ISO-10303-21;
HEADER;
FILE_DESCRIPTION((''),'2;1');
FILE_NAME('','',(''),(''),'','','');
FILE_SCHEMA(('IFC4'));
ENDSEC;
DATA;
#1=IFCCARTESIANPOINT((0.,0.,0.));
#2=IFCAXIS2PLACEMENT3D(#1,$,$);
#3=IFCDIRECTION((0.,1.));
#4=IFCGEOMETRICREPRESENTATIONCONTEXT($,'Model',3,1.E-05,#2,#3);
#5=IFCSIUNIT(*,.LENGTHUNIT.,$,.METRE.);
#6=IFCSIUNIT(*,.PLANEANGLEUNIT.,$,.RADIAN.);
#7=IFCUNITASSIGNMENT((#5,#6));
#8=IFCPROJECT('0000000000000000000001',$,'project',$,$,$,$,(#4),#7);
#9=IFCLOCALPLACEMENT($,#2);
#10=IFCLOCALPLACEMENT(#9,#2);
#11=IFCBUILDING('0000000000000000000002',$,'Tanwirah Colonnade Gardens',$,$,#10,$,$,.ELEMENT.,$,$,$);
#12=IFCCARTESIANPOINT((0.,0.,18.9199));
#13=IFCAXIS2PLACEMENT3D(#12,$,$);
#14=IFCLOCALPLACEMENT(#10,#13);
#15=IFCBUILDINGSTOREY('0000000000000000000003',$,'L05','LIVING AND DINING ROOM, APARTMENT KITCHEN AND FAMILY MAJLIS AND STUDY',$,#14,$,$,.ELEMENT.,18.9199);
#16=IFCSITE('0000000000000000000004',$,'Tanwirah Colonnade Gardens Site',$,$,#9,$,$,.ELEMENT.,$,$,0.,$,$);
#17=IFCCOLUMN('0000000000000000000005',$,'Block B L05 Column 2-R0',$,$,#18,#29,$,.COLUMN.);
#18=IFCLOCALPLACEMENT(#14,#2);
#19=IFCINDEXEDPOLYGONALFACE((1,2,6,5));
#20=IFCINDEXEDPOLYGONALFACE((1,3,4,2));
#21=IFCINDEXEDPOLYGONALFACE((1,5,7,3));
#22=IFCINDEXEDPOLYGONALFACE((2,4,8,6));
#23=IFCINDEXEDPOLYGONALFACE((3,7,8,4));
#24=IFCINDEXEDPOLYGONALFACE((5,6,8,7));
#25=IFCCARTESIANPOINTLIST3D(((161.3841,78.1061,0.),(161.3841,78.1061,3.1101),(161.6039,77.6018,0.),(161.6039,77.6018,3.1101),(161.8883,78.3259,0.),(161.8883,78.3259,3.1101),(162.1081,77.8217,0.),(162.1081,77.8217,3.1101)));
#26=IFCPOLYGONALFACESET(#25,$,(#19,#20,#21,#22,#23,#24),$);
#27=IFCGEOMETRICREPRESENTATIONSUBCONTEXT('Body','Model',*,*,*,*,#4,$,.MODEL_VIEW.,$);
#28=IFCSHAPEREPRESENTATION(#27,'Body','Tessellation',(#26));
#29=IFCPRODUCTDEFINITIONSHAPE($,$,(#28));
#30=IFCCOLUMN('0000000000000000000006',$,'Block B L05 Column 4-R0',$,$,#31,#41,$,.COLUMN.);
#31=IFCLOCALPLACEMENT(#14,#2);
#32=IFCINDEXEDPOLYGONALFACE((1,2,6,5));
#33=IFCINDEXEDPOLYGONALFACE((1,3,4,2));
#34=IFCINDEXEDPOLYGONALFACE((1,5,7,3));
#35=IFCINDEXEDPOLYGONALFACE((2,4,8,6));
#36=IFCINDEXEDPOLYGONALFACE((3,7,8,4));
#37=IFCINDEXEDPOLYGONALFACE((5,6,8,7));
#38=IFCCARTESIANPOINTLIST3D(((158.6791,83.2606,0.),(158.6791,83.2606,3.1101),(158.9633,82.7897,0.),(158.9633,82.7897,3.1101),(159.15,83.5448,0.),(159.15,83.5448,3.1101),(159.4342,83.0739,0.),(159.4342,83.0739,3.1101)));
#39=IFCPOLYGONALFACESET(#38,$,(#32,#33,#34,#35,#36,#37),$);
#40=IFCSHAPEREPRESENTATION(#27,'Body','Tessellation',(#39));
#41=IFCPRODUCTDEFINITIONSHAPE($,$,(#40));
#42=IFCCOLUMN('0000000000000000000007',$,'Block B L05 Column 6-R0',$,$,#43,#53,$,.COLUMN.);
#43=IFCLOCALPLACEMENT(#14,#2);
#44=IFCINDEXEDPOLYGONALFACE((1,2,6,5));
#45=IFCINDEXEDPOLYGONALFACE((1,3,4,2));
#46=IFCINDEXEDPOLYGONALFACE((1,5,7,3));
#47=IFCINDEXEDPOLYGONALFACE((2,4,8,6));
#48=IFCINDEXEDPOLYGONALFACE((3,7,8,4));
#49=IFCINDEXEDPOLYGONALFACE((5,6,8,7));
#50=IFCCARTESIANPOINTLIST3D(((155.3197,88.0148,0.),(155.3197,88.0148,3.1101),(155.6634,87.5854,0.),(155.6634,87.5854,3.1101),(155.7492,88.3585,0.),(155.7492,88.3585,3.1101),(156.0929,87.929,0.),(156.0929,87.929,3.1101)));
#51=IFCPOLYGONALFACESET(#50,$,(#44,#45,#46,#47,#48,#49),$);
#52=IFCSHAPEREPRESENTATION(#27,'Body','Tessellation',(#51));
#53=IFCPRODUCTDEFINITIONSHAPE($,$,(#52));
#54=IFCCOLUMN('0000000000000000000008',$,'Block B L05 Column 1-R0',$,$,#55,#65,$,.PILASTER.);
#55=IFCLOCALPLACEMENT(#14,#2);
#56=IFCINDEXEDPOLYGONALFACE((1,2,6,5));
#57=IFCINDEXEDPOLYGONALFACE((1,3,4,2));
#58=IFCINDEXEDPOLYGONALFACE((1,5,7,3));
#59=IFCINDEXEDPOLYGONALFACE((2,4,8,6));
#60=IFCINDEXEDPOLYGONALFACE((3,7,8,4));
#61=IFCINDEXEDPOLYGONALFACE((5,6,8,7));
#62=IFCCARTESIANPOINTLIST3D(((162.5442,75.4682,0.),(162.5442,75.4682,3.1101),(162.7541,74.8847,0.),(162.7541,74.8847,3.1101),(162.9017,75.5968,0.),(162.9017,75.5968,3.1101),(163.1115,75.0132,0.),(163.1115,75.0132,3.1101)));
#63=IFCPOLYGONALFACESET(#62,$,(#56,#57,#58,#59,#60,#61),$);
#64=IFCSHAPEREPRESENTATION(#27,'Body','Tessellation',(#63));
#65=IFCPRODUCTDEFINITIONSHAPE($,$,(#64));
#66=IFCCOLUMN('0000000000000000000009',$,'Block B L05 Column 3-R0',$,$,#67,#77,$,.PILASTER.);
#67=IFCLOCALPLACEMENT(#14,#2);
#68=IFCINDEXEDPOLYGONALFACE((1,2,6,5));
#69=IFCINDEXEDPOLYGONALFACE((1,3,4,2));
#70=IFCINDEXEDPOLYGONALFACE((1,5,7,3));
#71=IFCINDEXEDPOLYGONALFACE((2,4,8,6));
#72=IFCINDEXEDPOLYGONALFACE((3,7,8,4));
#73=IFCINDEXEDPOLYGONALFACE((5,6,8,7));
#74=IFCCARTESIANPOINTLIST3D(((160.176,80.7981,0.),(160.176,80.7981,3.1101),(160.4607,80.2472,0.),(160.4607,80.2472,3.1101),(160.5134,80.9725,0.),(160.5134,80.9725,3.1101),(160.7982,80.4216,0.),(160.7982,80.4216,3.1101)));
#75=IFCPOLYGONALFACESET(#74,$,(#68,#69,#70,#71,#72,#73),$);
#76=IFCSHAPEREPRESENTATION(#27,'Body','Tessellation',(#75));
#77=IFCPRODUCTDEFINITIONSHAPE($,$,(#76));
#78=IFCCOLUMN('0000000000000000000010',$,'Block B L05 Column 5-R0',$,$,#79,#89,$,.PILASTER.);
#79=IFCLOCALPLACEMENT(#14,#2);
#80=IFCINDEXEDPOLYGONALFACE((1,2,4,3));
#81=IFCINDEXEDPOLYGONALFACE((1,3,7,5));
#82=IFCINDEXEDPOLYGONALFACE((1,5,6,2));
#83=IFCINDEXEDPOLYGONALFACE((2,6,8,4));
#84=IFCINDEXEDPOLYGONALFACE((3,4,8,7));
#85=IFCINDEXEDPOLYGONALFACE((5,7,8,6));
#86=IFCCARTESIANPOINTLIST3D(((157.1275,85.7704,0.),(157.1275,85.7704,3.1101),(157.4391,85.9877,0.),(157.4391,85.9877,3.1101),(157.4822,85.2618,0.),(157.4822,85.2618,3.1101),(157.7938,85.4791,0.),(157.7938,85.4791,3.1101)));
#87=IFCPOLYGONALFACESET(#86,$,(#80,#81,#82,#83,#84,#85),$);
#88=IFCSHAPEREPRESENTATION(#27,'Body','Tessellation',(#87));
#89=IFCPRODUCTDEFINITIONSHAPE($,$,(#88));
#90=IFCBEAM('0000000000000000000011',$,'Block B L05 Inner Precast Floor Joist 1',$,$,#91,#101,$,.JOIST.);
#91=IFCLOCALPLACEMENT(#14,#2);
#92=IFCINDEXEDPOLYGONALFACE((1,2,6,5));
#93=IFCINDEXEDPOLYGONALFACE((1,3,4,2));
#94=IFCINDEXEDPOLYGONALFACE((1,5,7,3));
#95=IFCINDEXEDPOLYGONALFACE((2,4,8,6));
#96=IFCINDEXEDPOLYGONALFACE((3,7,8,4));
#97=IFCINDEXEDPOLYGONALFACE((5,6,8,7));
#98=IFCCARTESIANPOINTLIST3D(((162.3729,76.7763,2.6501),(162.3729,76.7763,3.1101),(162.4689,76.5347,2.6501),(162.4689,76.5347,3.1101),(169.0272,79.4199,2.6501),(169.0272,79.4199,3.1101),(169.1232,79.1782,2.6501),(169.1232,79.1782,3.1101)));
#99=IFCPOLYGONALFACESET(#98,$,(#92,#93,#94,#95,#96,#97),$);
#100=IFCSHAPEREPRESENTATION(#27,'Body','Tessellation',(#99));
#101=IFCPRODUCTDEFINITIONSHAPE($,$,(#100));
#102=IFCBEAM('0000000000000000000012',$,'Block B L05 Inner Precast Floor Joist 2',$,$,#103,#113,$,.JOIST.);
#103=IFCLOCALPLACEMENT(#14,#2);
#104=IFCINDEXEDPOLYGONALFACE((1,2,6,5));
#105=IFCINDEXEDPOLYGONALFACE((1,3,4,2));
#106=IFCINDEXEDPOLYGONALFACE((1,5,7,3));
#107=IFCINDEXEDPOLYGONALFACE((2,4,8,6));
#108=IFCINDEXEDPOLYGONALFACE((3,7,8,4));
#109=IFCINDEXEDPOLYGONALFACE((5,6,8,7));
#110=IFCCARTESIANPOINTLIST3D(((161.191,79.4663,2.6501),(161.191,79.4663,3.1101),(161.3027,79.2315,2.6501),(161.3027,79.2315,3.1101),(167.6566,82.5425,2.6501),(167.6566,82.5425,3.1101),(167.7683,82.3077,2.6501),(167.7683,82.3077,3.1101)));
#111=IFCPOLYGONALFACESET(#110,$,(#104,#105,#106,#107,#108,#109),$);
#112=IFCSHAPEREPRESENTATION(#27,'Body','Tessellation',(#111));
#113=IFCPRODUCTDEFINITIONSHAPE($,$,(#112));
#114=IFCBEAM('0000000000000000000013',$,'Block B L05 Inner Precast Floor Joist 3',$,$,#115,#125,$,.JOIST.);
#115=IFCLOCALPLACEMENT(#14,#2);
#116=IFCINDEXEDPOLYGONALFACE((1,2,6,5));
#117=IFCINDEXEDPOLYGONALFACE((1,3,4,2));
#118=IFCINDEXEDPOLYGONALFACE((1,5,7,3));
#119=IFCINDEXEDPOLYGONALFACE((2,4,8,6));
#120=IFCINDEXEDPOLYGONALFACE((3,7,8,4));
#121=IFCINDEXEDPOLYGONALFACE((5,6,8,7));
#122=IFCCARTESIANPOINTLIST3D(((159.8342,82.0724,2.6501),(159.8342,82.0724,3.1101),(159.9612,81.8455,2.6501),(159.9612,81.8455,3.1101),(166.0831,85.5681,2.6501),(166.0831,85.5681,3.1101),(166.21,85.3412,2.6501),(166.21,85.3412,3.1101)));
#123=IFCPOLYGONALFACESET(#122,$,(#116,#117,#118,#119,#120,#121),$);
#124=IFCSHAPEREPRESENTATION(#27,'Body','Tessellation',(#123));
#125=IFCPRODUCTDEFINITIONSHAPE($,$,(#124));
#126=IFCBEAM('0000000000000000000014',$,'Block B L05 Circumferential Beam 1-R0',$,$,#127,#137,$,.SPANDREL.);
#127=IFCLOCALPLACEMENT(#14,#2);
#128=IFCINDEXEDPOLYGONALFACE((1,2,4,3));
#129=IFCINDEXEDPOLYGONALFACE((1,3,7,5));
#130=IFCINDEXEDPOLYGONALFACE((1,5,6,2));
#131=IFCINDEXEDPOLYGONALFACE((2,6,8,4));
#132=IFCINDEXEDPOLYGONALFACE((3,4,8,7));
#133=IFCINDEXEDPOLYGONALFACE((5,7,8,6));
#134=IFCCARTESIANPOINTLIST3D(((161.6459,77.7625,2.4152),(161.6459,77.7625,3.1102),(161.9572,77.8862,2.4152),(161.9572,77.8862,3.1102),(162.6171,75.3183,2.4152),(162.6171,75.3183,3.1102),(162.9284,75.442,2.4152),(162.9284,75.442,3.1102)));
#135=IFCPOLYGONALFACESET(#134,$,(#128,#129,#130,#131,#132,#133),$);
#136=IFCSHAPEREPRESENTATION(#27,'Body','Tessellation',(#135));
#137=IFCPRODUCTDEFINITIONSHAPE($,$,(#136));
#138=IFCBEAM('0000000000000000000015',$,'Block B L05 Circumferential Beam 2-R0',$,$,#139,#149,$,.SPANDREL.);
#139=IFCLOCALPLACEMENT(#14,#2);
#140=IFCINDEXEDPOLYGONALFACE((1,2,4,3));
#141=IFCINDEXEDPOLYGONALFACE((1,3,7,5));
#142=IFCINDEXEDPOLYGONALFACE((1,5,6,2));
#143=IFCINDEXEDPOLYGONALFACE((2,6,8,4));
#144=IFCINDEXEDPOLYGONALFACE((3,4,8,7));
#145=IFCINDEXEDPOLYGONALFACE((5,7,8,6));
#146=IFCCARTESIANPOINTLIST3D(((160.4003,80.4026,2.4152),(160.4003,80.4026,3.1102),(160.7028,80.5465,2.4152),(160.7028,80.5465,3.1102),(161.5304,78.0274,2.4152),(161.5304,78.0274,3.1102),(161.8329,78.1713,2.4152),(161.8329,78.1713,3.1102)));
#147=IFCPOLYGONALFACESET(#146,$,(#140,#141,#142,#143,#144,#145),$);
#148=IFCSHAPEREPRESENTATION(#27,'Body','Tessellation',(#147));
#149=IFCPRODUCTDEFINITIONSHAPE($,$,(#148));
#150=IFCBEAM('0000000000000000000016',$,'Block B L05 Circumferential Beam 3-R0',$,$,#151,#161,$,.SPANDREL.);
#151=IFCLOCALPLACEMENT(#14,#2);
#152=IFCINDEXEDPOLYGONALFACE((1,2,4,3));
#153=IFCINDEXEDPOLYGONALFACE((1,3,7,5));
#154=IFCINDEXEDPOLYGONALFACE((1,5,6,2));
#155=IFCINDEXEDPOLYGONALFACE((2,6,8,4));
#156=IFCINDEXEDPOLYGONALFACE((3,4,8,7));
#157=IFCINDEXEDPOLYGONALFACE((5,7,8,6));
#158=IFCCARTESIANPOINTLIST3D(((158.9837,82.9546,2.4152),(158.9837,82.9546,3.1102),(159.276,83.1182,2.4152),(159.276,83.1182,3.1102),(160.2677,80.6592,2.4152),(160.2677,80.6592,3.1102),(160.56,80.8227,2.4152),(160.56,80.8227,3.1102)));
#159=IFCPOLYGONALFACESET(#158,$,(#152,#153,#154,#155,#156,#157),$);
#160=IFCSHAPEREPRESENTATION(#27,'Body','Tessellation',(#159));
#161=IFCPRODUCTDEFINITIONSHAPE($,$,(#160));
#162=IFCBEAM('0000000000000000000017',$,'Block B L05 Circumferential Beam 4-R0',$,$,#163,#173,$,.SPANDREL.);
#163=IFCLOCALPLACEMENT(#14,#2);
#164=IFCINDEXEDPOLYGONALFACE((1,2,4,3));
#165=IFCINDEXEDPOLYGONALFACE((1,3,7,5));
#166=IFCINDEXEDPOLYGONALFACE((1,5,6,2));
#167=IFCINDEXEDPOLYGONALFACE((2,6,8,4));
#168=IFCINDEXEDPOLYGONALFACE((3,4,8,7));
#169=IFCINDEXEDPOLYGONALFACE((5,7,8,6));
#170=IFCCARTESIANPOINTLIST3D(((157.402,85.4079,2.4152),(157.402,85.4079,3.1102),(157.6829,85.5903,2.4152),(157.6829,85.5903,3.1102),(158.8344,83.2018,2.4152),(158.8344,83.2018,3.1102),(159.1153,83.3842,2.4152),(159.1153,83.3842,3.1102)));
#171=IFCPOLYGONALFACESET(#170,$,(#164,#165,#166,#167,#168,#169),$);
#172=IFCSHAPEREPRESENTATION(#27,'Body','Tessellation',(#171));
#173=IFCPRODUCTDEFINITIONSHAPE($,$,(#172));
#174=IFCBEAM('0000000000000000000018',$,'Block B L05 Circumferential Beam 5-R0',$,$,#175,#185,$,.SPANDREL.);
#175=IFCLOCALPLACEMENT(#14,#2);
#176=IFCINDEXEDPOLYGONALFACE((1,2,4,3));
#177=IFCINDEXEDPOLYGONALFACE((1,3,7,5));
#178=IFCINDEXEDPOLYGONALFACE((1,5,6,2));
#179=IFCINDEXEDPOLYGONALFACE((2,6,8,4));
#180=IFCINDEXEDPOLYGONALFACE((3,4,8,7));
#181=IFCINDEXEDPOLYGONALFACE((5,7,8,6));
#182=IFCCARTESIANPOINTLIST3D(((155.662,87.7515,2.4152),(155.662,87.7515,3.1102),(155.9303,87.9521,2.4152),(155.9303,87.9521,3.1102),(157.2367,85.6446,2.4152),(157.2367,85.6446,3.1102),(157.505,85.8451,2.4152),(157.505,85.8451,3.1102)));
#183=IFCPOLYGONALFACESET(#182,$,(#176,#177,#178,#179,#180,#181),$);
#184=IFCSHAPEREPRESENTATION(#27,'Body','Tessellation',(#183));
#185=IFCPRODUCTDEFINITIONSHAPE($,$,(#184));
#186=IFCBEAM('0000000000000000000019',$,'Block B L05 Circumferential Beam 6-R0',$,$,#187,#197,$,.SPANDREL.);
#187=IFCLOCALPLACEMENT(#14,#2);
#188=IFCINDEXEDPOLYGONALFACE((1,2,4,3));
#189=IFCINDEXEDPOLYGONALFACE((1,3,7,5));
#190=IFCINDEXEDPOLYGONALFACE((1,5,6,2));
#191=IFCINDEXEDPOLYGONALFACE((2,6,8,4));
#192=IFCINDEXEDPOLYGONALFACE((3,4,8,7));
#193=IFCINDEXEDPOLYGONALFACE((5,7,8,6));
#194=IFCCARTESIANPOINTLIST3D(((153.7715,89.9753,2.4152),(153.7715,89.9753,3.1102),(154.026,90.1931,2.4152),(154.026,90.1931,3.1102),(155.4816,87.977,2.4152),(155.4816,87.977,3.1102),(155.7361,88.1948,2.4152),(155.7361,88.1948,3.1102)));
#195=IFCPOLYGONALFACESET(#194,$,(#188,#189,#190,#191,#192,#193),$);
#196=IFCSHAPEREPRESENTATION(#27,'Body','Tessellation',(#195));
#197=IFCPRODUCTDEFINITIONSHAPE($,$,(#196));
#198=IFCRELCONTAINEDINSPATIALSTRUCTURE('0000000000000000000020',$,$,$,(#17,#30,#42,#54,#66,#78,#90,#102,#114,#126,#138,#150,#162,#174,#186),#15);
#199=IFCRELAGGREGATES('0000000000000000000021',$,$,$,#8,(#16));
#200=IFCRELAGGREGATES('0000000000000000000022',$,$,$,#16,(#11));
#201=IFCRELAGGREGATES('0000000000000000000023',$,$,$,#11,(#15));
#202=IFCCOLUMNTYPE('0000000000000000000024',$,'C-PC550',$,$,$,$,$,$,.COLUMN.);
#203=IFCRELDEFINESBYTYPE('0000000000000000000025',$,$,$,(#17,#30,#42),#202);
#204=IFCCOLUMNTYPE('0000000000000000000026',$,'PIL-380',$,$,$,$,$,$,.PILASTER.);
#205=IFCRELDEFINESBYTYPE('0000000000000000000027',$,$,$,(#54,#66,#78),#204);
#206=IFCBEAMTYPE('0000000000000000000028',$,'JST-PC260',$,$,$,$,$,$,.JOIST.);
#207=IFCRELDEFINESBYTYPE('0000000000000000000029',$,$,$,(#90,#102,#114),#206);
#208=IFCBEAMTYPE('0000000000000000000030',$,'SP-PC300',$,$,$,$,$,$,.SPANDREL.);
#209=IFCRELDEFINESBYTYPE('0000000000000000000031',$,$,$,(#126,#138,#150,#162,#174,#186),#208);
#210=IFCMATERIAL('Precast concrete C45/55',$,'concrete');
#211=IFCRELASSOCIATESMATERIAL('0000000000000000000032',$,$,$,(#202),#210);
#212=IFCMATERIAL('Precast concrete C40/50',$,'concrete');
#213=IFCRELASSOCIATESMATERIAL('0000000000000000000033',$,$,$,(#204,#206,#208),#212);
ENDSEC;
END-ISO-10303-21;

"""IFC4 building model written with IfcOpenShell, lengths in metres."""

from ifc_helpers import new_model, si_unit, direction, frame, origin, origin_2d, place, context, subcontext, project, spatial, rectangle, extrude, material, material_profile, profile_set, type_object, element, save


model = new_model("IFC4")

# Units and contexts
model_context = context("Model", 3, precision=1e-05, world=origin(), true_north=direction((0.0, 1.0)))
body_context = subcontext(model_context, "Body", "Model", "MODEL_VIEW")
ifc_project = project(units=[si_unit("LENGTHUNIT", "METRE"), si_unit("PLANEANGLEUNIT", "RADIAN")], contexts=[model_context])

# Site, building, storey
site_placement = place(None, origin())
site = spatial("IfcSite", under=ifc_project, at=site_placement, Name="Tanwirah Colonnade Gardens Site", CompositionType="ELEMENT", RefElevation=0.0)
building_placement = place(site_placement, origin())
building = spatial("IfcBuilding", under=site, at=building_placement, Name="Tanwirah Colonnade Gardens", CompositionType="ELEMENT")
storey_placement = place(building_placement, frame((0.0, 0.0, 18.9199)))
storey = spatial("IfcBuildingStorey", under=building, at=storey_placement, Name="L05", Description="LIVING AND DINING ROOM, APARTMENT KITCHEN AND FAMILY MAJLIS AND STUDY", CompositionType="ELEMENT", Elevation=18.9199)

# Columns
ifc_material_1 = material(Name="Precast concrete C45/55", Category="concrete")
ifc_material_profile_1 = material_profile(ifc_material_1, rectangle(XDim=0.55, YDim=0.55, at=origin_2d()), Name="PC-COL 550x550")
ifc_profile_set_1 = profile_set([ifc_material_profile_1], Name="Precast concrete C45/55")
column_type_1 = type_object("IfcColumnType", Name="C-PC550", PredefinedType="COLUMN", material=ifc_profile_set_1)
for number, where, z_axis, x_axis, name in (
    (1, (161.7461, 77.9639, 0.0), (0.0, 0.0, 1.0), (0.916673, 0.399638, 0.0), "Block B L05 Column 2-R0"),
    (2, (159.0566, 83.1672, 0.0), (0.0, 0.0, 1.0), (0.856167, 0.516699, 0.0), "Block B L05 Column 4-R0"),
    (3, (155.7063, 87.9719, 0.0), (0.0, 0.0, 1.0), (0.780794, 0.624789, 0.0), "Block B L05 Column 6-R0"),
):
    element("IfcColumn", number, at=place(storey_placement, frame(where, z_axis=z_axis, x_axis=x_axis)), inside=storey, type_object=column_type_1, Name=name, PredefinedType="COLUMN", context=body_context, shape_type="SweptSolid", body=[
        extrude(rectangle(XDim=0.55, YDim=0.55, at=origin_2d()), origin(), (0.0, 0.0, 1.0), 3.1101),
    ])
ifc_material_2 = material(Name="Precast concrete C40/50", Category="concrete")
ifc_material_profile_2 = material_profile(ifc_material_2, rectangle(XDim=0.3799, YDim=0.6201, at=origin_2d()), Name="PC-PIL 380x620")
ifc_profile_set_2 = profile_set([ifc_material_profile_2], Name="Precast concrete C40/50")
column_type_2 = type_object("IfcColumnType", Name="PIL-380", PredefinedType="PILASTER", material=ifc_profile_set_2)
for number, where, z_axis, x_axis, name in (
    (4, (162.8279, 75.2407, 0.0), (0.0, 0.0, 1.0), (0.941012, 0.338373, 0.0), "Block B L05 Column 1-R0"),
    (5, (160.4871, 80.6099, 0.0), (0.0, 0.0, 1.0), (0.88835, 0.459166, 0.0), "Block B L05 Column 3-R0"),
    (6, (157.4607, 85.6248, 0.0), (0.0, 0.0, 1.0), (0.820263, 0.571987, 0.0), "Block B L05 Column 5-R0"),
):
    element("IfcColumn", number, at=place(storey_placement, frame(where, z_axis=z_axis, x_axis=x_axis)), inside=storey, type_object=column_type_2, Name=name, PredefinedType="PILASTER", context=body_context, shape_type="SweptSolid", body=[
        extrude(rectangle(XDim=0.3799, YDim=0.6201, at=origin_2d()), origin(), (0.0, 0.0, 1.0), 3.1101),
    ])

# Beams
ifc_material_profile_3 = material_profile(ifc_material_2, rectangle(XDim=0.26, YDim=0.46, at=origin_2d()), Name="PC-JST 260x460")
ifc_profile_set_3 = profile_set([ifc_material_profile_3], Name="Precast concrete C40/50")
beam_type_1 = type_object("IfcBeamType", Name="JST-PC260", PredefinedType="JOIST", material=ifc_profile_set_3)
for number, where, z_axis, x_axis, name in (
    (7, (162.4209, 76.6555, 2.8801), (0.929349, 0.369203, 0.0), (-0.369203, 0.929349, 0.0), "Block B L05 Inner Precast Floor Joist 1"),
    (8, (161.2468, 79.3489, 2.8801), (0.903005, 0.429629, 0.0), (-0.429629, 0.903005, 0.0), "Block B L05 Inner Precast Floor Joist 2"),
    (9, (159.8977, 81.959, 2.8801), (0.872727, 0.488209, 0.0), (-0.488209, 0.872727, 0.0), "Block B L05 Inner Precast Floor Joist 3"),
):
    element("IfcBeam", number, at=place(storey_placement, frame(where, z_axis=z_axis, x_axis=x_axis)), inside=storey, type_object=beam_type_1, Name=name, PredefinedType="JOIST", context=body_context, shape_type="SweptSolid", body=[
        extrude(rectangle(XDim=0.26, YDim=0.46, at=origin_2d()), origin(), (0.0, 0.0, 1.0), 7.1602),
    ])
ifc_material_profile_4 = material_profile(ifc_material_2, rectangle(XDim=0.335, YDim=0.6951, at=origin_2d()), Name="PC-SP 335x695")
ifc_profile_set_4 = profile_set([ifc_material_profile_4], Name="Precast concrete C40/50")
beam_type_2 = type_object("IfcBeamType", Name="SP-PC300", PredefinedType="SPANDREL", material=ifc_profile_set_4)
beam_1_placement = place(storey_placement, frame((162.7727, 75.3801, 2.7627), z_axis=(-0.369245, 0.929332, 0.0), x_axis=(-0.929332, -0.369245, 0.0)))
element("IfcBeam", 10, at=beam_1_placement, inside=storey, type_object=beam_type_2, Name="Block B L05 Circumferential Beam 1-R0", PredefinedType="SPANDREL", context=body_context, shape_type="SweptSolid", body=[
    extrude(rectangle(XDim=0.335, YDim=0.6951, at=origin_2d()), origin(), (0.0, 0.0, 1.0), 2.6301),
])
beam_2_placement = place(storey_placement, frame((161.6816, 78.0994, 2.7627), z_axis=(-0.429642, 0.902999, 0.0), x_axis=(-0.902999, -0.429642, 0.0)))
element("IfcBeam", 11, at=beam_2_placement, inside=storey, type_object=beam_type_2, Name="Block B L05 Circumferential Beam 2-R0", PredefinedType="SPANDREL", context=body_context, shape_type="SweptSolid", body=[
    extrude(rectangle(XDim=0.335, YDim=0.6951, at=origin_2d()), origin(), (0.0, 0.0, 1.0), 2.6304),
])
beam_3_placement = place(storey_placement, frame((160.4138, 80.741, 2.7627), z_axis=(-0.488171, 0.872748, 0.0), x_axis=(-0.872748, -0.488171, 0.0)))
element("IfcBeam", 12, at=beam_3_placement, inside=storey, type_object=beam_type_2, Name="Block B L05 Circumferential Beam 3-R0", PredefinedType="SPANDREL", context=body_context, shape_type="SweptSolid", body=[
    extrude(rectangle(XDim=0.335, YDim=0.6951, at=origin_2d()), origin(), (0.0, 0.0, 1.0), 2.6301),
])
for number, where, z_axis, x_axis, name in (
    (13, (158.9749, 83.293, 2.7627), (-0.544571, 0.838715, 0.0), (-0.838715, -0.544571, 0.0), "Block B L05 Circumferential Beam 4-R0"),
    (14, (157.3708, 85.7449, 2.7627), (-0.598663, 0.801001, 0.0), (-0.801001, -0.598663, 0.0), "Block B L05 Circumferential Beam 5-R0"),
):
    element("IfcBeam", number, at=place(storey_placement, frame(where, z_axis=z_axis, x_axis=x_axis)), inside=storey, type_object=beam_type_2, Name=name, PredefinedType="SPANDREL", context=body_context, shape_type="SweptSolid", body=[
        extrude(rectangle(XDim=0.335, YDim=0.6951, at=origin_2d()), origin(), (0.0, 0.0, 1.0), 2.6304),
    ])
beam_4_placement = place(storey_placement, frame((155.6089, 88.0859, 2.7627), z_axis=(-0.650218, 0.759748, 0.0), x_axis=(-0.759748, -0.650218, 0.0)))
element("IfcBeam", 15, at=beam_4_placement, inside=storey, type_object=beam_type_2, Name="Block B L05 Circumferential Beam 6-R0", PredefinedType="SPANDREL", context=body_context, shape_type="SweptSolid", body=[
    extrude(rectangle(XDim=0.335, YDim=0.6951, at=origin_2d()), origin(), (0.0, 0.0, 1.0), 2.6301),
])

save(model, "model.ifc")
